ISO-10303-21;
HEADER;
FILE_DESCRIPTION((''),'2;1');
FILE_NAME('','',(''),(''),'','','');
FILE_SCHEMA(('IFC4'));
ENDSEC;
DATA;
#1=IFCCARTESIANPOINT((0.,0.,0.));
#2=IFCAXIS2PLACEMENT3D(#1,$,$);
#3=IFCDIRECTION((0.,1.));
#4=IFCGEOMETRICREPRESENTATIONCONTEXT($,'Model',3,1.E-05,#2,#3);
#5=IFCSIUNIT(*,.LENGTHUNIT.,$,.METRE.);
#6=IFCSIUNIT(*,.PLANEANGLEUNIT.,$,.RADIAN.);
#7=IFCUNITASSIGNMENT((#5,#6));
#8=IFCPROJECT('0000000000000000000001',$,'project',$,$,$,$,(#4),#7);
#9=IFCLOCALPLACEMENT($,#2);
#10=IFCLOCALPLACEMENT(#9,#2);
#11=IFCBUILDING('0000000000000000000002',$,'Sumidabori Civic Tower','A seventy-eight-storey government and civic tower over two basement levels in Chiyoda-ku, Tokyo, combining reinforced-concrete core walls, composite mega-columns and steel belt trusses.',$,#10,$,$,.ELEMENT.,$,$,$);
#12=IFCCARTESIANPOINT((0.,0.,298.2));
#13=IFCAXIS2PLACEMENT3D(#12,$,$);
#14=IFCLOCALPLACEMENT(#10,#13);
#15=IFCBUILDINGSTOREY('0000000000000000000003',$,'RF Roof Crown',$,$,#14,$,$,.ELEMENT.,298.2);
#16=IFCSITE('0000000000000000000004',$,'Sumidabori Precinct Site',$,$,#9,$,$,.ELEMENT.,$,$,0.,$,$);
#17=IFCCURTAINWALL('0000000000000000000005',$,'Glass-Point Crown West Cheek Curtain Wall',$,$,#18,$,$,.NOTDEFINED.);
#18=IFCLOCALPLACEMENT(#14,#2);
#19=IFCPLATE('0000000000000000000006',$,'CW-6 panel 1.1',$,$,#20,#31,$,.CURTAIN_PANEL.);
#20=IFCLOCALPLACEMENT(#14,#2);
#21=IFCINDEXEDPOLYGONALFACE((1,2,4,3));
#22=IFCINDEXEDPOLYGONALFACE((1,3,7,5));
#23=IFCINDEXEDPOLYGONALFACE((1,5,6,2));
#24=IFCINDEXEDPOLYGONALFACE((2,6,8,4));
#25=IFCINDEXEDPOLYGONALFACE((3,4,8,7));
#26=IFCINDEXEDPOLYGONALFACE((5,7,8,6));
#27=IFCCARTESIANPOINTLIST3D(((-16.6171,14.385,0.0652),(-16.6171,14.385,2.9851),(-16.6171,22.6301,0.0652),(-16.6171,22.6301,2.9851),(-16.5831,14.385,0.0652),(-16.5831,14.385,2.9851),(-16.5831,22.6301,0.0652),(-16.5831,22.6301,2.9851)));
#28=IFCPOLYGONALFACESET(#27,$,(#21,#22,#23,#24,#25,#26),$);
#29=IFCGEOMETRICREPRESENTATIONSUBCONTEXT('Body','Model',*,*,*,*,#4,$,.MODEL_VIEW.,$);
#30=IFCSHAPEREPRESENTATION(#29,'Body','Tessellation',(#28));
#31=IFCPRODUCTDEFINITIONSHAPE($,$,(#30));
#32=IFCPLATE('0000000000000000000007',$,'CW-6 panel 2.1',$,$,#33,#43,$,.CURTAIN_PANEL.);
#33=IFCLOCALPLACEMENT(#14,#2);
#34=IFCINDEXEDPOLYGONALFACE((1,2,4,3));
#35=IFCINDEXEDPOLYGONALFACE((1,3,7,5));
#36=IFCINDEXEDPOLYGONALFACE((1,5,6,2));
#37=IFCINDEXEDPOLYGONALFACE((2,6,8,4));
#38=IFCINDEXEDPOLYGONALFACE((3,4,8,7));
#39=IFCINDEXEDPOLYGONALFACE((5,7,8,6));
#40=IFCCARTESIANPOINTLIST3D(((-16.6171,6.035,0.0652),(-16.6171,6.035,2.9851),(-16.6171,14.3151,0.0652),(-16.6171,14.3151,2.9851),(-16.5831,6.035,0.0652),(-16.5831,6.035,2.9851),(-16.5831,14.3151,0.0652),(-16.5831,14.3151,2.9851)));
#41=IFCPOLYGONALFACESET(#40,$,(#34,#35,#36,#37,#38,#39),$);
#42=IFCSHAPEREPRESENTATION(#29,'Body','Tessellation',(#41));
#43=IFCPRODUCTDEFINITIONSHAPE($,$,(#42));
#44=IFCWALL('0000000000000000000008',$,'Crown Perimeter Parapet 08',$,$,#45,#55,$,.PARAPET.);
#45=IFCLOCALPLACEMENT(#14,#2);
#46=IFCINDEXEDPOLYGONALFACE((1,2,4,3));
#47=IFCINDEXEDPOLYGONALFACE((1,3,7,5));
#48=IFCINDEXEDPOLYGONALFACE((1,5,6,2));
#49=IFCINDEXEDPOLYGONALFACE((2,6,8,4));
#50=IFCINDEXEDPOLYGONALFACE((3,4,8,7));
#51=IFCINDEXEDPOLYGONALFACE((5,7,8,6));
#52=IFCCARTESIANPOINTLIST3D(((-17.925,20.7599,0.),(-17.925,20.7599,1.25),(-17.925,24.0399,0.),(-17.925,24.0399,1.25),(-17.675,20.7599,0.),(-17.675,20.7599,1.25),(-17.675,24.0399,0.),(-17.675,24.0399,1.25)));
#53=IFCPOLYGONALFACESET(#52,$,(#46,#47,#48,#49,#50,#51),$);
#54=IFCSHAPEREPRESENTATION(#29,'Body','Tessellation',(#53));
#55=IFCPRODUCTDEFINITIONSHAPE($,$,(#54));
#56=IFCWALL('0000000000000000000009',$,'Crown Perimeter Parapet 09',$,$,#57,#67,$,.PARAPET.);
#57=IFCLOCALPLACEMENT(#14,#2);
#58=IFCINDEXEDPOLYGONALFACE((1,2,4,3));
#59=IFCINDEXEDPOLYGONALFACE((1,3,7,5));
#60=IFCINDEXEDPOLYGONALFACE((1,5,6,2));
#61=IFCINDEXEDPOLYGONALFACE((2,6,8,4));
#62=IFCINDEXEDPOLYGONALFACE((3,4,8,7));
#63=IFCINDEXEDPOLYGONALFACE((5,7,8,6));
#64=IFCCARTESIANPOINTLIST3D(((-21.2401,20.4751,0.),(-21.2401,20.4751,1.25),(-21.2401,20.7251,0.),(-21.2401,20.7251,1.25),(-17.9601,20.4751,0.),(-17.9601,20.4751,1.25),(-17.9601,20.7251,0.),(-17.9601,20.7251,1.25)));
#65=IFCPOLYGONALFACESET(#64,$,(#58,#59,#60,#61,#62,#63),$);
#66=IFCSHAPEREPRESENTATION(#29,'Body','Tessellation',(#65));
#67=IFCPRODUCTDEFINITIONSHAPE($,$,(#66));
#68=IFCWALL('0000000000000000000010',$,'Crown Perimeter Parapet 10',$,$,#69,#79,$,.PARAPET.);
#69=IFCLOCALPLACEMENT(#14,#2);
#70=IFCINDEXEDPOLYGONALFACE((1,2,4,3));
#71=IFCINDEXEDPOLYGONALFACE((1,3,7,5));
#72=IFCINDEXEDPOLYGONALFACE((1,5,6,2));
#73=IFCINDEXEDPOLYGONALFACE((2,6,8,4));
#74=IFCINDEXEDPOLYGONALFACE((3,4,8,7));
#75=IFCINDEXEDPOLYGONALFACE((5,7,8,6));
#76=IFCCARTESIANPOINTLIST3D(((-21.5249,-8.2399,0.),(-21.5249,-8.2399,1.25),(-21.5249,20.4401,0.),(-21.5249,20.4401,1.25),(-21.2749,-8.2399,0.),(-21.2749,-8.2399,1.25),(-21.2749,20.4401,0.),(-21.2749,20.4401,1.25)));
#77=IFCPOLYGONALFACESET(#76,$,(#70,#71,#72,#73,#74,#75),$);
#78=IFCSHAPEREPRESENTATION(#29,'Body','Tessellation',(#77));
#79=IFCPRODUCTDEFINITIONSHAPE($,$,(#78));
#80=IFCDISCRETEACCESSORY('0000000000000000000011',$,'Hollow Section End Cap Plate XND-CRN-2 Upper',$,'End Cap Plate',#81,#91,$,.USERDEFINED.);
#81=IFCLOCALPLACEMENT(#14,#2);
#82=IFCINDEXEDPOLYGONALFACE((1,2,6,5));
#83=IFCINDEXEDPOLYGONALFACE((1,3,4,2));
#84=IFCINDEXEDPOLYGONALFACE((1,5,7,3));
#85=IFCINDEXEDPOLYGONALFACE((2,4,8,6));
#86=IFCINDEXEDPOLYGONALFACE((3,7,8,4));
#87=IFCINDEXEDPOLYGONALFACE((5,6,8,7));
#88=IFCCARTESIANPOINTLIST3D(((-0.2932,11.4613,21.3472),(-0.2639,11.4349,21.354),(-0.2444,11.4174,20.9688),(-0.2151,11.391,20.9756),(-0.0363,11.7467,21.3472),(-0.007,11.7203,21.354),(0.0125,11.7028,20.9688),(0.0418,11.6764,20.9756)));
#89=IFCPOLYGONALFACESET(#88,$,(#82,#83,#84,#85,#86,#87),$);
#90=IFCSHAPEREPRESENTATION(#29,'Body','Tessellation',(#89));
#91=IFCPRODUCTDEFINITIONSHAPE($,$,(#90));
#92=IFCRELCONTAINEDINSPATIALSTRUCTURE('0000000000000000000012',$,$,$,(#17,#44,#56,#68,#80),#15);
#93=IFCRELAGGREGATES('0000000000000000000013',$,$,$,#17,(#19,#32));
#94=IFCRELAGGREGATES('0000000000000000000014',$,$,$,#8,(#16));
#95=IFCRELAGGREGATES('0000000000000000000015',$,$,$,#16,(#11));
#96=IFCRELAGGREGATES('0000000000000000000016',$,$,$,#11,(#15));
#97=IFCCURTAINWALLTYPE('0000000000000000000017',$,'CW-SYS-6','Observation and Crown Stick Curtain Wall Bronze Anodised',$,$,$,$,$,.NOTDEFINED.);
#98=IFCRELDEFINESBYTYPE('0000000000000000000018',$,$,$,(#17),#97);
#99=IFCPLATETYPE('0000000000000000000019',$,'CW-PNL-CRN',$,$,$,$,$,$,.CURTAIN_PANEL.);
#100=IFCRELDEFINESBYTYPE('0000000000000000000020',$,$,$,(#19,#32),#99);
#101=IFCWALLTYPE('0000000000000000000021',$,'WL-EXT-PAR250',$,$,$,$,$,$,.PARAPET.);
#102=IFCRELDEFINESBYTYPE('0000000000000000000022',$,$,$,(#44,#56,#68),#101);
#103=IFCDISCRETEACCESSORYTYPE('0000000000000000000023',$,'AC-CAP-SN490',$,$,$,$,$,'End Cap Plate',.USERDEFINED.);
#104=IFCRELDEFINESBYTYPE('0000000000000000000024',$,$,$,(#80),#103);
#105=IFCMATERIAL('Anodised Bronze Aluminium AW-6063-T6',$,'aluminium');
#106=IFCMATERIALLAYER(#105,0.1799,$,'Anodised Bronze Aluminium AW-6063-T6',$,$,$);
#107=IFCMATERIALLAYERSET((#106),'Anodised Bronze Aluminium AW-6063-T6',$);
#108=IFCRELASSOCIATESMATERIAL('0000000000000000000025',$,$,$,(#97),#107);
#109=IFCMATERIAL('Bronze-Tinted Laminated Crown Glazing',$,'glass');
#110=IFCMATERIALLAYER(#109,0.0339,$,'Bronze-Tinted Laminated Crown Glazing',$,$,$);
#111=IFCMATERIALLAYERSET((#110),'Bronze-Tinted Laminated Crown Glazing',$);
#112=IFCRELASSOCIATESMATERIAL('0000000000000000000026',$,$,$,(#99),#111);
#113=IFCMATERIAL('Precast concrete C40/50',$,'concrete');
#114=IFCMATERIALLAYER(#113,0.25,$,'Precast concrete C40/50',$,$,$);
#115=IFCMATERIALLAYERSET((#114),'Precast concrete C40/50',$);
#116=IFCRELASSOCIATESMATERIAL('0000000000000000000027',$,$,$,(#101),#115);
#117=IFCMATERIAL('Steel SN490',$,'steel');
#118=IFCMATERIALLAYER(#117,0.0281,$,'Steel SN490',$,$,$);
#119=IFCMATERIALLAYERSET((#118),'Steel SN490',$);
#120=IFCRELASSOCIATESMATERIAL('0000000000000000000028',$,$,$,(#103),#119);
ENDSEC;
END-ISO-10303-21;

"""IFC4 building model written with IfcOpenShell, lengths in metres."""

from ifc_helpers import new_model, si_unit, direction, frame, frame_2d, origin, origin_2d, place, context, subcontext, project, spatial, rectangle, extrude, source, transform, mapped, material, layer, layer_set, type_object, element, aggregate, save


model = new_model("IFC4")

# Units and contexts
model_context = context("Model", 3, precision=1e-05, world=origin(), true_north=direction((0.0, 1.0)))
body_context = subcontext(model_context, "Body", "Model", "MODEL_VIEW")
ifc_project = project(units=[si_unit("LENGTHUNIT", "METRE"), si_unit("PLANEANGLEUNIT", "RADIAN")], contexts=[model_context])

# Site, building, storey
site_placement = place(None, origin())
site = spatial("IfcSite", under=ifc_project, at=site_placement, Name="Sumidabori Precinct Site", CompositionType="ELEMENT", RefElevation=0.0)
building_placement = place(site_placement, origin())
building = spatial("IfcBuilding", under=site, at=building_placement, Name="Sumidabori Civic Tower", Description="A seventy-eight-storey government and civic tower over two basement levels in Chiyoda-ku, Tokyo, combining reinforced-concrete core walls, composite mega-columns and steel belt trusses.", CompositionType="ELEMENT")
storey_placement = place(building_placement, frame((0.0, 0.0, 298.2)))
storey = spatial("IfcBuildingStorey", under=building, at=storey_placement, Name="RF Roof Crown", CompositionType="ELEMENT", Elevation=298.2)

# Shared definitions
ifc_material_1 = material(Name="Steel SN490", Category="steel")

# Curtain wall
ifc_material_2 = material(Name="Anodised Bronze Aluminium AW-6063-T6", Category="aluminium")
ifc_layer_1 = layer(ifc_material_2, 0.1799, Name="Anodised Bronze Aluminium AW-6063-T6")
ifc_layer_set_1 = layer_set([ifc_layer_1], Name="Anodised Bronze Aluminium AW-6063-T6")
curtain_wall_type = type_object("IfcCurtainWallType", Name="CW-SYS-6", Description="Observation and Crown Stick Curtain Wall Bronze Anodised", PredefinedType="NOTDEFINED", material=ifc_layer_set_1)
curtain_wall_1_placement = place(storey_placement, origin())
curtain_wall_1 = element("IfcCurtainWall", 1, at=curtain_wall_1_placement, inside=storey, type_object=curtain_wall_type, Name="Glass-Point Crown West Cheek Curtain Wall", PredefinedType="NOTDEFINED")

# Plates
ifc_material_3 = material(Name="Bronze-Tinted Laminated Crown Glazing", Category="glass")
ifc_layer_2 = layer(ifc_material_3, 0.0339, Name="Bronze-Tinted Laminated Crown Glazing")
ifc_layer_set_2 = layer_set([ifc_layer_2], Name="Bronze-Tinted Laminated Crown Glazing")
plate_type_1 = type_object("IfcPlateType", Name="CW-PNL-CRN", PredefinedType="CURTAIN_PANEL", material=ifc_layer_set_2)
shared_shape_1 = source(origin(), body_context, "Body", "SweptSolid", [
    extrude(rectangle(XDim=8.2451, YDim=0.0339, at=origin_2d()), origin(), (0.0, 0.0, 1.0), 2.9199),
])
plate_1_placement = place(storey_placement, frame((-16.6001, 18.5076, 0.0652), z_axis=(0.0, 0.0, 1.0), x_axis=(0.0, -1.0, 0.0)))
plate_1 = element("IfcPlate", 2, at=plate_1_placement, type_object=plate_type_1, Name="CW-6 panel 1.1", PredefinedType="CURTAIN_PANEL", context=body_context, shape_type="MappedRepresentation", body=[
    mapped(shared_shape_1, transform((0.0, 0.0, 0.0), x_axis=(1.0, 0.0, 0.0), y_axis=(0.0, 1.0, 0.0), z_axis=(0.0, 0.0, 1.0), scale=1.0)),
])
shared_shape_2 = source(origin(), body_context, "Body", "SweptSolid", [
    extrude(rectangle(XDim=8.28, YDim=0.0339, at=origin_2d()), origin(), (0.0, 0.0, 1.0), 2.9199),
])
plate_2_placement = place(storey_placement, frame((-16.6001, 10.175, 0.0652), z_axis=(0.0, 0.0, 1.0), x_axis=(0.0, -1.0, 0.0)))
plate_2 = element("IfcPlate", 3, at=plate_2_placement, type_object=plate_type_1, Name="CW-6 panel 2.1", PredefinedType="CURTAIN_PANEL", context=body_context, shape_type="MappedRepresentation", body=[
    mapped(shared_shape_2, transform((0.0, 0.0, 0.0), x_axis=(1.0, 0.0, 0.0), y_axis=(0.0, 1.0, 0.0), z_axis=(0.0, 0.0, 1.0), scale=1.0)),
])
aggregate(curtain_wall_1, [plate_1, plate_2])

# Walls
ifc_material_4 = material(Name="Precast concrete C40/50", Category="concrete")
ifc_layer_3 = layer(ifc_material_4, 0.25, Name="Precast concrete C40/50")
ifc_layer_set_3 = layer_set([ifc_layer_3], Name="Precast concrete C40/50")
wall_type = type_object("IfcWallType", Name="WL-EXT-PAR250", PredefinedType="PARAPET", material=ifc_layer_set_3)
shared_shape_3 = source(origin(), body_context, "Body", "SweptSolid", [
    extrude(rectangle(XDim=3.28, YDim=0.25, at=frame_2d((1.6401, 0.0))), origin(), (0.0, 0.0, 1.0), 1.25),
])
for number, where, z_axis, x_axis, name in (
    (4, (-17.8, 24.04, 0.0), (0.0, 0.0, 1.0), (0.0, -1.0, 0.0), "Crown Perimeter Parapet 08"),
    (5, (-17.96, 20.6001, 0.0), (0.0, 0.0, 1.0), (-1.0, 0.0, 0.0), "Crown Perimeter Parapet 09"),
):
    element("IfcWall", number, at=place(storey_placement, frame(where, z_axis=z_axis, x_axis=x_axis)), inside=storey, type_object=wall_type, Name=name, PredefinedType="PARAPET", context=body_context, shape_type="MappedRepresentation", body=[
        mapped(shared_shape_3, transform((0.0, 0.0, 0.0), x_axis=(1.0, 0.0, 0.0), y_axis=(0.0, 1.0, 0.0), z_axis=(0.0, 0.0, 1.0), scale=1.0)),
    ])
shared_shape_4 = source(origin(), body_context, "Body", "SweptSolid", [
    extrude(rectangle(XDim=28.6799, YDim=0.25, at=frame_2d((14.3398, 0.0))), origin(), (0.0, 0.0, 1.0), 1.25),
])
wall_placement = place(storey_placement, frame((-21.3999, 20.4399, 0.0), z_axis=(0.0, 0.0, 1.0), x_axis=(0.0, -1.0, 0.0)))
element("IfcWall", 6, at=wall_placement, inside=storey, type_object=wall_type, Name="Crown Perimeter Parapet 10", PredefinedType="PARAPET", context=body_context, shape_type="MappedRepresentation", body=[
    mapped(shared_shape_4, transform((0.0, 0.0, 0.0), x_axis=(1.0, 0.0, 0.0), y_axis=(0.0, 1.0, 0.0), z_axis=(0.0, 0.0, 1.0), scale=1.0)),
])

# Discrete accessory
ifc_layer_4 = layer(ifc_material_1, 0.0281, Name="Steel SN490")
ifc_layer_set_4 = layer_set([ifc_layer_4], Name="Steel SN490")
discrete_accessory_type = type_object("IfcDiscreteAccessoryType", Name="AC-CAP-SN490", ElementType="End Cap Plate", PredefinedType="USERDEFINED", material=ifc_layer_set_4)
shared_shape_5 = source(origin(), body_context, "Body", "SweptSolid", [
    extrude(rectangle(XDim=0.384, YDim=0.384, at=origin_2d()), origin(), (0.0, 0.0, 1.0), 0.04),
])
discrete_accessory_placement = place(storey_placement, frame((-0.1404, 11.582, 21.158), z_axis=(0.732361, -0.659125, 0.170884), x_axis=(0.668965, 0.743294, 0.0)))
element("IfcDiscreteAccessory", 7, at=discrete_accessory_placement, inside=storey, type_object=discrete_accessory_type, Name="Hollow Section End Cap Plate XND-CRN-2 Upper", ObjectType="End Cap Plate", PredefinedType="USERDEFINED", context=body_context, shape_type="MappedRepresentation", body=[
    mapped(shared_shape_5, transform((0.0, 0.0, 0.0), x_axis=(1.0, 0.0, 0.0), y_axis=(0.0, 1.0, 0.0), z_axis=(0.0, 0.0, 1.0), scale=1.0)),
])

save(model, "model.ifc")
